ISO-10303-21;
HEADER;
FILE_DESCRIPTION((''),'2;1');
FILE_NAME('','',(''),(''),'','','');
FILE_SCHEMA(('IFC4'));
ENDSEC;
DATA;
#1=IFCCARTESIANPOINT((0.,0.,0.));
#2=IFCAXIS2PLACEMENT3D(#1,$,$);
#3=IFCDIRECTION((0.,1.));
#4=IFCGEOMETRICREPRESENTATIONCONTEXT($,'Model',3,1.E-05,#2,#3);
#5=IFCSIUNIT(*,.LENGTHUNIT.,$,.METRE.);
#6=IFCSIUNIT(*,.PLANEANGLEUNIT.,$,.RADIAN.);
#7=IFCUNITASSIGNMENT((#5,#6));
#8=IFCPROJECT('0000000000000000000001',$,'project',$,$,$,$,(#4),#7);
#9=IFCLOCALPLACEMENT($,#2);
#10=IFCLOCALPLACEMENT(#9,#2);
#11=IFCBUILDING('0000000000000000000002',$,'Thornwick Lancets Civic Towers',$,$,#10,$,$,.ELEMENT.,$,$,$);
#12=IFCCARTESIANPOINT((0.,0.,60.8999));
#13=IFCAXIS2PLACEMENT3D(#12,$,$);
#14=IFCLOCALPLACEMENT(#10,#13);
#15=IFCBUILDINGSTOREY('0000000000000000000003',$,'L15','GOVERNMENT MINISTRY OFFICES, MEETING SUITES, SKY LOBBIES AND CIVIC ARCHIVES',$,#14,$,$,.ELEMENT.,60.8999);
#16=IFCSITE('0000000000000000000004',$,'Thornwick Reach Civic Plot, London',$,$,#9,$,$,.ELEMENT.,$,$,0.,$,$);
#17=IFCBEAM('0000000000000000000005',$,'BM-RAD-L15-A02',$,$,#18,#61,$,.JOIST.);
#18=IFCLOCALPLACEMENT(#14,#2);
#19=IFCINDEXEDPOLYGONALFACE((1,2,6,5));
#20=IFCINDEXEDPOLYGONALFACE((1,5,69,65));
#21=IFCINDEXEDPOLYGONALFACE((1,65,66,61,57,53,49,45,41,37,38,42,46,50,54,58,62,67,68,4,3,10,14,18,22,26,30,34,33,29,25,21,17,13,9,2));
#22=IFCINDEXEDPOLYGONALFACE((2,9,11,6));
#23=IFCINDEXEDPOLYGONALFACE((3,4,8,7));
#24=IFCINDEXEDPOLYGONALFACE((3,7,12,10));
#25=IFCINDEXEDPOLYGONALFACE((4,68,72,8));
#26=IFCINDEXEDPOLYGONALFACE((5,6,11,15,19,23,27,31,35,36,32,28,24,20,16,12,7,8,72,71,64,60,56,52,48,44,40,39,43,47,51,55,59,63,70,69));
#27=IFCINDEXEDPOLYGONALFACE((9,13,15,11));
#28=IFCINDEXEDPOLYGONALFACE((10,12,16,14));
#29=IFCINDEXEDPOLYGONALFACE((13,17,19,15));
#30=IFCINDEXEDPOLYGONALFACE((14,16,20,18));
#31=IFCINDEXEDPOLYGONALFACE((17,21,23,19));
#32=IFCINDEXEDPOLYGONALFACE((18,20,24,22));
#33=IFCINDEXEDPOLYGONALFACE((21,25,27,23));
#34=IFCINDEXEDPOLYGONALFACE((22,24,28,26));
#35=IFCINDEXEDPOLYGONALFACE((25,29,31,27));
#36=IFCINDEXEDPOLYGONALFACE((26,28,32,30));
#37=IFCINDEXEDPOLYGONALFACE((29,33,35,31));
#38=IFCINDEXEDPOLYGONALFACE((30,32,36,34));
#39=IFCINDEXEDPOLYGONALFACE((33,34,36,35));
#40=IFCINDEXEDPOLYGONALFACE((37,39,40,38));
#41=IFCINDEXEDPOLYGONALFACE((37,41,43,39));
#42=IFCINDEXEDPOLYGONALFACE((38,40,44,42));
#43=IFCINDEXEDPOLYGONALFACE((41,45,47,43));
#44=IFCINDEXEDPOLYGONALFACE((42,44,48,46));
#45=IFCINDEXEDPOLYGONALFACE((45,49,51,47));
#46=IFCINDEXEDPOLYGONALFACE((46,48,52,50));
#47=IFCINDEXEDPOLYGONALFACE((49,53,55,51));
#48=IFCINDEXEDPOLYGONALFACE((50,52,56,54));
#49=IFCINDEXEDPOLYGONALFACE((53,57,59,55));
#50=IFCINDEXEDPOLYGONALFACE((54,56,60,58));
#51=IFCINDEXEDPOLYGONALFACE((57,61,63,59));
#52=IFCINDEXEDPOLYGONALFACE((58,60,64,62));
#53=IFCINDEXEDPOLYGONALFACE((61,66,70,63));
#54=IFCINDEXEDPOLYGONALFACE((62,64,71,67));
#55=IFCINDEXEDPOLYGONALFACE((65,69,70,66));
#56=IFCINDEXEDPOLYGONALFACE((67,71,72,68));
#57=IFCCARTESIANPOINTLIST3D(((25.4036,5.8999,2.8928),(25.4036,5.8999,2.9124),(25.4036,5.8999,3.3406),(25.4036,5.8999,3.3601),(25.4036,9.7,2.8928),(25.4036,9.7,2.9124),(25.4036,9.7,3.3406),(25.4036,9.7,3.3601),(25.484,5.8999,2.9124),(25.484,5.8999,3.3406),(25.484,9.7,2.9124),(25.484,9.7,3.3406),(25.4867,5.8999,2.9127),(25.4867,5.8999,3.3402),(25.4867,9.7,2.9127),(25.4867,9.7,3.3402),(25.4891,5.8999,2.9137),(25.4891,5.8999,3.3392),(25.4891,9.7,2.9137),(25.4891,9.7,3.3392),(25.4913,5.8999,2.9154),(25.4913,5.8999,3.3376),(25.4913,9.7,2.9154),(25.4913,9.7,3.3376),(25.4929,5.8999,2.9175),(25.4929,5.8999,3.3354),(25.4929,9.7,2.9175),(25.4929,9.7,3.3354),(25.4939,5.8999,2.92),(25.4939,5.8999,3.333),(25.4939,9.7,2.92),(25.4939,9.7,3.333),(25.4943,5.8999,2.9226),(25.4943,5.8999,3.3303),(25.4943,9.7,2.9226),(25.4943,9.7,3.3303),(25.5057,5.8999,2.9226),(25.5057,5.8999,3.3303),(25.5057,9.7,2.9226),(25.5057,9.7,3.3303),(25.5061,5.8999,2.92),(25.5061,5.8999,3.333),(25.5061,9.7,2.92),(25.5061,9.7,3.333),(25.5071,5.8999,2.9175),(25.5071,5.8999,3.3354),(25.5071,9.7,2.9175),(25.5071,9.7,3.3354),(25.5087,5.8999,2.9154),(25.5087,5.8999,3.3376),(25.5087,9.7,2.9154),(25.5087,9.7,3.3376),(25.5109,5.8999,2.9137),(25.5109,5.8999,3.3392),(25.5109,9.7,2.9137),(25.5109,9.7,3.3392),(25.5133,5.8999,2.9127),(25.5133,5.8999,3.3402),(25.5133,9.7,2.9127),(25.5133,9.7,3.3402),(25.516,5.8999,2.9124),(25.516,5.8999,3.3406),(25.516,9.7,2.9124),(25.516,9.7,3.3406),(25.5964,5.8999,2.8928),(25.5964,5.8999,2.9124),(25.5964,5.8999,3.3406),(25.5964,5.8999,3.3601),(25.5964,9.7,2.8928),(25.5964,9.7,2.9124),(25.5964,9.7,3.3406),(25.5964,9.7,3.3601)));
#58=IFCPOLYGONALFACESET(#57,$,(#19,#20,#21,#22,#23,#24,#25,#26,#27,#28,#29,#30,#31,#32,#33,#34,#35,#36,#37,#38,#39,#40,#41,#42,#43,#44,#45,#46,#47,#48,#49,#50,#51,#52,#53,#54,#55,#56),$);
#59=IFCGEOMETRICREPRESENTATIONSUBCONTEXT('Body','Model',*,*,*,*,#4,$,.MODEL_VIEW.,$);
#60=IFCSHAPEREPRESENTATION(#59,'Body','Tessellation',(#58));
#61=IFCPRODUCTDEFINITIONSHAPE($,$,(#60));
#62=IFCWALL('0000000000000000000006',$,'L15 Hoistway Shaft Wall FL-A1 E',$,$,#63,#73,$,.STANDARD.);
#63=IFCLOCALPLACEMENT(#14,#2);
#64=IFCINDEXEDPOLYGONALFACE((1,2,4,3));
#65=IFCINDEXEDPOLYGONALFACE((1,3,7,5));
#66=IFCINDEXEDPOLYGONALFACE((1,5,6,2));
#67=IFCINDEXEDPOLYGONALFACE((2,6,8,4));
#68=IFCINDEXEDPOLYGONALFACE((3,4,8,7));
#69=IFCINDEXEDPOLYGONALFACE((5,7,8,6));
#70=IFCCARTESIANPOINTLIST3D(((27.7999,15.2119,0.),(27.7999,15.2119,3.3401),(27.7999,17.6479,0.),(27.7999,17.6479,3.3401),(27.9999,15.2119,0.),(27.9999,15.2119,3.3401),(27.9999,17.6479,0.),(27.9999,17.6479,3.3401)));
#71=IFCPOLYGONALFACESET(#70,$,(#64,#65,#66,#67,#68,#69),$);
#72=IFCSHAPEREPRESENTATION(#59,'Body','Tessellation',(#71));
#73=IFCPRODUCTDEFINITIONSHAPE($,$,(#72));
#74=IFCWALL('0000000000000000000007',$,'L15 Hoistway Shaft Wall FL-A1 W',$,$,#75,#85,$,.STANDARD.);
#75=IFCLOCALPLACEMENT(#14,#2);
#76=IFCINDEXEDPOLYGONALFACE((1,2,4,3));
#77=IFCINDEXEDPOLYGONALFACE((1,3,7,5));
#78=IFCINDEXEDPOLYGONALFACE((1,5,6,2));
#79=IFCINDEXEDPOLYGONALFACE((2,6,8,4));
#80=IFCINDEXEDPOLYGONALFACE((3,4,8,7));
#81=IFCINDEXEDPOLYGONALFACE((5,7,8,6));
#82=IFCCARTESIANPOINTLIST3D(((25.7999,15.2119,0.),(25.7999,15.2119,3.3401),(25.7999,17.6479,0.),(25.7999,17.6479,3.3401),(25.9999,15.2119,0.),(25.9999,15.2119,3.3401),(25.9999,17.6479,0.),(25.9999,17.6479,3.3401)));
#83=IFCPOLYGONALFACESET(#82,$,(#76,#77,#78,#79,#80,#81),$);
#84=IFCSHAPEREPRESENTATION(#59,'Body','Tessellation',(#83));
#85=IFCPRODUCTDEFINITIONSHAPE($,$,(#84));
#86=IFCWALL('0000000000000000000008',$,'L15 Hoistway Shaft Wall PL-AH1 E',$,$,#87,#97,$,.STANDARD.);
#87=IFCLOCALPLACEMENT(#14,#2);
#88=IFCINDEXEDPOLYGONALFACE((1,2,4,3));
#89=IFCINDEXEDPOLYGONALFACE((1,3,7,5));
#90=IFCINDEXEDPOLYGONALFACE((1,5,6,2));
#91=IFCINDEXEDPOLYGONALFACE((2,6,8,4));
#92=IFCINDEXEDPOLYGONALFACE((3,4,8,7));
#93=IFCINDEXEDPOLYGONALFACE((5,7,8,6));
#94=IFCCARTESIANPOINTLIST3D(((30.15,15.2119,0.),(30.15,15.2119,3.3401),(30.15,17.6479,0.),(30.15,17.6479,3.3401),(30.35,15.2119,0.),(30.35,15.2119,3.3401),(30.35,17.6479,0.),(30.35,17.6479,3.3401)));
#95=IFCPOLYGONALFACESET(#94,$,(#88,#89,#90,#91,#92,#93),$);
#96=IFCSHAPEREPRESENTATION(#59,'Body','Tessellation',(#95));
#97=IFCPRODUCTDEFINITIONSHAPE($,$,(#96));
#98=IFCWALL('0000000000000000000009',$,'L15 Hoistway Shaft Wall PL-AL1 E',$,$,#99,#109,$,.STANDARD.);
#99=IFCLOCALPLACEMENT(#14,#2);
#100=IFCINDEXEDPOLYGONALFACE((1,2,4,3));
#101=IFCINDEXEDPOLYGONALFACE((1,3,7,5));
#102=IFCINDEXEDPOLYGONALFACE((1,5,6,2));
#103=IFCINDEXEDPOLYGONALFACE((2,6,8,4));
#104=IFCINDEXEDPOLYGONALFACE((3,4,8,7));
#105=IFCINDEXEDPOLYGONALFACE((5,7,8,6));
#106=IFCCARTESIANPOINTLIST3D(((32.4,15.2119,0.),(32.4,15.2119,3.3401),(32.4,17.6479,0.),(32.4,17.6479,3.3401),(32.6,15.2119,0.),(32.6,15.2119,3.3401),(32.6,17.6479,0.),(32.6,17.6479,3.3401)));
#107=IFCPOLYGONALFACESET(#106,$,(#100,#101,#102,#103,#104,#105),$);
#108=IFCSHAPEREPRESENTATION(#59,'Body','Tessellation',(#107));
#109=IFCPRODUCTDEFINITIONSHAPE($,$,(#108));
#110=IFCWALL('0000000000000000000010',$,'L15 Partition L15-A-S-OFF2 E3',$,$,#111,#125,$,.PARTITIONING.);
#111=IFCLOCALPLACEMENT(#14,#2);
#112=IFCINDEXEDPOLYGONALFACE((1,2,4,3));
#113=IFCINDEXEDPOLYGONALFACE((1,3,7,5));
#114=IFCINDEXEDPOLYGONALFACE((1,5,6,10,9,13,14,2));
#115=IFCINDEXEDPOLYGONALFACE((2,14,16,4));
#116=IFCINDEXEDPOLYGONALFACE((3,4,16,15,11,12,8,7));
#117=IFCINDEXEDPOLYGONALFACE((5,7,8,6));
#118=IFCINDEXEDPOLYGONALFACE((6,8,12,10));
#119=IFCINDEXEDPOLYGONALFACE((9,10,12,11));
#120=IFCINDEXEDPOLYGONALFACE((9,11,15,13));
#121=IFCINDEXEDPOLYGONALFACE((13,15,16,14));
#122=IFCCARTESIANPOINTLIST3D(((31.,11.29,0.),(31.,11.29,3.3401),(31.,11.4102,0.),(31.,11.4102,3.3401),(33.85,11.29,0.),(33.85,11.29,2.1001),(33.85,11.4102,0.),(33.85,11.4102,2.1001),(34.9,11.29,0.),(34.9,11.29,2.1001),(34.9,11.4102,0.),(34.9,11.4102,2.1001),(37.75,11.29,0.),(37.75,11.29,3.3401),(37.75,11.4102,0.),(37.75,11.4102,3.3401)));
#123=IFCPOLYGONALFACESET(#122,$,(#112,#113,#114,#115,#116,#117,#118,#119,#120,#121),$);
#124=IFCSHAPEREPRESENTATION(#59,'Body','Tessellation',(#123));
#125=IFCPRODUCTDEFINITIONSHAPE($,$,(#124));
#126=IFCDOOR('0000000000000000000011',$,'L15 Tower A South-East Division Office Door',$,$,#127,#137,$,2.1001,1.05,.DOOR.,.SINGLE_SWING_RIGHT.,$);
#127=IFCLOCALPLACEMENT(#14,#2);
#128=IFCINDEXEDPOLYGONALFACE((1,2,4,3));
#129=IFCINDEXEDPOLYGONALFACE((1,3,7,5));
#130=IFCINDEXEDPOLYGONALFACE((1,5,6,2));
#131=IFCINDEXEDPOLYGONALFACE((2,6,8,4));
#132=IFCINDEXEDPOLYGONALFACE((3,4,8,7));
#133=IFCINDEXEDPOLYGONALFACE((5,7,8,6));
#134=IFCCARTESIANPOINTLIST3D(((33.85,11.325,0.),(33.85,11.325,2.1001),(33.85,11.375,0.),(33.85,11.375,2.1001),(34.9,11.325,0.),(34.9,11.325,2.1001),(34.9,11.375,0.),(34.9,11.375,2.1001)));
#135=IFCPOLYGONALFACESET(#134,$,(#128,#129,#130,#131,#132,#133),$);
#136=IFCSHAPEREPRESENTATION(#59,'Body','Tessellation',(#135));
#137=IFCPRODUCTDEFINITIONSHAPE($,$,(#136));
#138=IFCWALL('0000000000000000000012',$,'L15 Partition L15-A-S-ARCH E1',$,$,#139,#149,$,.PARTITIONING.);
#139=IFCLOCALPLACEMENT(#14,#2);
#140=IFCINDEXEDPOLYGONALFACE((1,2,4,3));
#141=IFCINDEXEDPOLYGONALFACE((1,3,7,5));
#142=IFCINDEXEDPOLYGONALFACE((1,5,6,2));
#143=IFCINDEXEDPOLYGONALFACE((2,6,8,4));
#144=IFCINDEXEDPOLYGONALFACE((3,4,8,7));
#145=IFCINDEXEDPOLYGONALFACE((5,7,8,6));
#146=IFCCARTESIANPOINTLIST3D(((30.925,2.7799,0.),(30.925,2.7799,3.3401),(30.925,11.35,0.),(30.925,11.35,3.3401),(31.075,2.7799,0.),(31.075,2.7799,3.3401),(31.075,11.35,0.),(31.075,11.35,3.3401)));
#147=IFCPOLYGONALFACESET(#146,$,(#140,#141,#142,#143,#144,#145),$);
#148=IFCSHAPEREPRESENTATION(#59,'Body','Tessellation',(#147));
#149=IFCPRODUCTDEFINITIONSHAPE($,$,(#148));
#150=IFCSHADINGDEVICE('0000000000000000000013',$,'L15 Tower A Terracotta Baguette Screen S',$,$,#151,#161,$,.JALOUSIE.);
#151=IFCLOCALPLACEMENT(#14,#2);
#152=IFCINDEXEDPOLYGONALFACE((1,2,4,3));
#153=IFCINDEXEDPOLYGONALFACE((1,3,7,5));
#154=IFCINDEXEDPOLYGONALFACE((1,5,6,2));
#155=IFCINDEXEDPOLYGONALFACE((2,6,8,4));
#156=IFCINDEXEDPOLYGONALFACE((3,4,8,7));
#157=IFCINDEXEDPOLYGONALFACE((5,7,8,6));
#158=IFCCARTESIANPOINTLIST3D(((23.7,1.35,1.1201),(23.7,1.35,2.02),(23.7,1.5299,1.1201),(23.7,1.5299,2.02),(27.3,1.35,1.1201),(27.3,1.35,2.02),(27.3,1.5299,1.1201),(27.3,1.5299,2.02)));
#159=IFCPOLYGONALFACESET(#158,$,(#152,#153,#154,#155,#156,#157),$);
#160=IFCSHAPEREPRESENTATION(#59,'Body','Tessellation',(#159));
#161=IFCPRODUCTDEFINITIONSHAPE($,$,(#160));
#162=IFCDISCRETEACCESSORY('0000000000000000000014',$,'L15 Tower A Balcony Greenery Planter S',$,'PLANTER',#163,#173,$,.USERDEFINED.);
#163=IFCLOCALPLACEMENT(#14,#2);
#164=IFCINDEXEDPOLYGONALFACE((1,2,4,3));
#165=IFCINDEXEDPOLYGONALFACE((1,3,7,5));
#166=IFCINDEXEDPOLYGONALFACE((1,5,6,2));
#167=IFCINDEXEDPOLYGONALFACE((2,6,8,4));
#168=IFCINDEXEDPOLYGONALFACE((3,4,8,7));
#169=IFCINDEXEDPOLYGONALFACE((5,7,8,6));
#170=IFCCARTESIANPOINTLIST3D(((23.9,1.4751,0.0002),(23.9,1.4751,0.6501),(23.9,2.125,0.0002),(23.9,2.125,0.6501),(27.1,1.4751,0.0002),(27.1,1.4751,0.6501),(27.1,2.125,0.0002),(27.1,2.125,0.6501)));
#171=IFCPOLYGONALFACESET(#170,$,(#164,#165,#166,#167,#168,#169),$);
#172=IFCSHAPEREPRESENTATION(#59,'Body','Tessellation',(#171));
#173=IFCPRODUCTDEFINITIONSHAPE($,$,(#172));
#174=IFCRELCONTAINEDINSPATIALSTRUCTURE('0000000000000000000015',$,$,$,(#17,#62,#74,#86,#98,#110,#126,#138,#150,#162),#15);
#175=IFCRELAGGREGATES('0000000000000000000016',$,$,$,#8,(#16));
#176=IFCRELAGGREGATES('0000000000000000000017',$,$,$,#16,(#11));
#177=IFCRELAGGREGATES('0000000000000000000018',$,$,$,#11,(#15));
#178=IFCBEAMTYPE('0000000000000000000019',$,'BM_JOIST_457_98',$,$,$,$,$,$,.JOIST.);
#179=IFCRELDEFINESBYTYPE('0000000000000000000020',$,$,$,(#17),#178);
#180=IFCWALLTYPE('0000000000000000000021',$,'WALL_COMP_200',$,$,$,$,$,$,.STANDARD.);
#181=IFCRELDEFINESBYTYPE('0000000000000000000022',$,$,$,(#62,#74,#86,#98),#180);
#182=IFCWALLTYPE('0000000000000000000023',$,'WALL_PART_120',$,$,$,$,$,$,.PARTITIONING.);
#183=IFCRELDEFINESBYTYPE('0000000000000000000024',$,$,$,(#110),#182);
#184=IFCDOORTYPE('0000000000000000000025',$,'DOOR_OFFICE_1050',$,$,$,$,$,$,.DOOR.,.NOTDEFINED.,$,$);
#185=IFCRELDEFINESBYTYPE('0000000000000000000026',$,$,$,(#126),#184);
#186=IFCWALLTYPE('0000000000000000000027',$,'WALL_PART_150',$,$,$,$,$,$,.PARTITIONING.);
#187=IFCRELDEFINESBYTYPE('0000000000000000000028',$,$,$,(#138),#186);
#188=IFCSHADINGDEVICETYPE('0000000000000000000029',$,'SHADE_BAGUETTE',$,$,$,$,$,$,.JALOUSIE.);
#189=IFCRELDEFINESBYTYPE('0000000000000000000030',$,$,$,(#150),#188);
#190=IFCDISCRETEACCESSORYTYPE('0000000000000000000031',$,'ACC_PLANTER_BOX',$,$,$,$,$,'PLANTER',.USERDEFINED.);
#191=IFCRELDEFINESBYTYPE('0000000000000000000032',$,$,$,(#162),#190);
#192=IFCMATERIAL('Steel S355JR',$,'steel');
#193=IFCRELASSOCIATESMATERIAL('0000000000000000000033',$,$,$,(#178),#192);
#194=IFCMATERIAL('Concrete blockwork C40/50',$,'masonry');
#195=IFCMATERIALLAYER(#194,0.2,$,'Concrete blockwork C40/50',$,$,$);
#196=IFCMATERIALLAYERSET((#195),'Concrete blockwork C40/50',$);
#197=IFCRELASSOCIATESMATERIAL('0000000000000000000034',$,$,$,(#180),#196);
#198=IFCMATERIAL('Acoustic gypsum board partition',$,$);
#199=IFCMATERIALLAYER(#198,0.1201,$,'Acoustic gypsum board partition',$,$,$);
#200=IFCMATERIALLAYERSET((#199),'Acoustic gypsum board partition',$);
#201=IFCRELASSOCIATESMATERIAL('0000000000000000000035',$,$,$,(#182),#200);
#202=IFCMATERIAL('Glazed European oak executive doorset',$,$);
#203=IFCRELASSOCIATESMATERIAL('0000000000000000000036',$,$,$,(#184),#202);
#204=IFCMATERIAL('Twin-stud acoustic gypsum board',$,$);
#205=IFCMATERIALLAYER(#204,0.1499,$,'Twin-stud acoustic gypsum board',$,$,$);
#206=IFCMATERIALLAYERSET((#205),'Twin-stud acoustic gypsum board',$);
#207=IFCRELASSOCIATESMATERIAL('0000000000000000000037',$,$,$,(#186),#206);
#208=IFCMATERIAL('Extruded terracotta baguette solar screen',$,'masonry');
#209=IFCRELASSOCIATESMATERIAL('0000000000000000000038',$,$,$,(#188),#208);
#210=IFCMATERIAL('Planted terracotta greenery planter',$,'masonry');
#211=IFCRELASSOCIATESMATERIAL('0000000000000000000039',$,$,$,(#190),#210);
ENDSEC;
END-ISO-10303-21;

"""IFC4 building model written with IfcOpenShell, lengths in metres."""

from ifc_helpers import new_model, si_unit, direction, frame, frame_2d, origin, origin_2d, place, context, subcontext, project, spatial, rectangle, i_section, extrude, material, layer, layer_set, material_profile, profile_set, type_object, element, fill, save


model = new_model("IFC4")

# Units and contexts
model_context = context("Model", 3, precision=1e-05, world=origin(), true_north=direction((0.0, 1.0)))
body_context = subcontext(model_context, "Body", "Model", "MODEL_VIEW")
ifc_project = project(units=[si_unit("LENGTHUNIT", "METRE"), si_unit("PLANEANGLEUNIT", "RADIAN")], contexts=[model_context])

# Site, building, storey
site_placement = place(None, origin())
site = spatial("IfcSite", under=ifc_project, at=site_placement, Name="Thornwick Reach Civic Plot, London", CompositionType="ELEMENT", RefElevation=0.0)
building_placement = place(site_placement, origin())
building = spatial("IfcBuilding", under=site, at=building_placement, Name="Thornwick Lancets Civic Towers", CompositionType="ELEMENT")
storey_placement = place(building_placement, frame((0.0, 0.0, 60.8999)))
storey = spatial("IfcBuildingStorey", under=building, at=storey_placement, Name="L15", Description="GOVERNMENT MINISTRY OFFICES, MEETING SUITES, SKY LOBBIES AND CIVIC ARCHIVES", CompositionType="ELEMENT", Elevation=60.8999)

# Beam
ifc_material_1 = material(Name="Steel S355JR", Category="steel")
ifc_material_profile_1 = material_profile(ifc_material_1, i_section(OverallWidth=0.1929, OverallDepth=0.4673, WebThickness=0.0115, FlangeThickness=0.0195, FilletRadius=0.0103, at=origin_2d()), Name="UKB 457x191x98")
ifc_profile_set_1 = profile_set([ifc_material_profile_1], Name="Steel S355JR")
beam_type_1 = type_object("IfcBeamType", Name="BM_JOIST_457_98", PredefinedType="JOIST", material=ifc_profile_set_1)
beam_1_placement = place(storey_placement, frame((25.5, 9.7, 3.1265), z_axis=(0.0, -1.0, 0.0), x_axis=(1.0, 0.0, 0.0)))
element("IfcBeam", 1, at=beam_1_placement, inside=storey, type_object=beam_type_1, Name="BM-RAD-L15-A02", PredefinedType="JOIST", context=body_context, shape_type="SweptSolid", body=[
    extrude(i_section(OverallWidth=0.1929, OverallDepth=0.4673, WebThickness=0.0115, FlangeThickness=0.0195, FilletRadius=0.0103, at=origin_2d()), origin(), (0.0, 0.0, 1.0), 3.8),
])

# Walls
ifc_material_2 = material(Name="Concrete blockwork C40/50", Category="masonry")
ifc_layer_1 = layer(ifc_material_2, 0.2, Name="Concrete blockwork C40/50")
ifc_layer_set_1 = layer_set([ifc_layer_1], Name="Concrete blockwork C40/50")
wall_type_1 = type_object("IfcWallType", Name="WALL_COMP_200", PredefinedType="STANDARD", material=ifc_layer_set_1)
for number, where, z_axis, x_axis, name in (
    (2, (27.8999, 15.2119, 0.0), (0.0, 0.0, 1.0), (0.0, 1.0, 0.0), "L15 Hoistway Shaft Wall FL-A1 E"),
    (3, (25.8999, 15.2119, 0.0), (0.0, 0.0, 1.0), (0.0, 1.0, 0.0), "L15 Hoistway Shaft Wall FL-A1 W"),
    (4, (30.25, 15.2119, 0.0), (0.0, 0.0, 1.0), (0.0, 1.0, 0.0), "L15 Hoistway Shaft Wall PL-AH1 E"),
    (5, (32.5, 15.2119, 0.0), (0.0, 0.0, 1.0), (0.0, 1.0, 0.0), "L15 Hoistway Shaft Wall PL-AL1 E"),
):
    element("IfcWall", number, at=place(storey_placement, frame(where, z_axis=z_axis, x_axis=x_axis)), inside=storey, type_object=wall_type_1, Name=name, PredefinedType="STANDARD", context=body_context, shape_type="SweptSolid", body=[
        extrude(rectangle(XDim=2.436, YDim=0.2, at=frame_2d((1.218, 0.0))), origin(), (0.0, 0.0, 1.0), 3.3401),
    ])

# Wall, opening, door
ifc_material_3 = material(Name="Acoustic gypsum board partition")
ifc_layer_2 = layer(ifc_material_3, 0.1201, Name="Acoustic gypsum board partition")
ifc_layer_set_2 = layer_set([ifc_layer_2], Name="Acoustic gypsum board partition")
wall_type_2 = type_object("IfcWallType", Name="WALL_PART_120", PredefinedType="PARTITIONING", material=ifc_layer_set_2)
wall_1_placement = place(storey_placement, frame((31.0, 11.3501, 0.0), z_axis=(0.0, 0.0, 1.0), x_axis=(1.0, 0.0, 0.0)))
wall_1 = element("IfcWall", 6, at=wall_1_placement, inside=storey, type_object=wall_type_2, Name="L15 Partition L15-A-S-OFF2 E3", PredefinedType="PARTITIONING", context=body_context, shape_type="SweptSolid", body=[
    extrude(rectangle(XDim=6.75, YDim=0.1201, at=frame_2d((3.375, 0.0))), origin(), (0.0, 0.0, 1.0), 3.3401),
])
opening_placement = place(wall_1_placement, frame((2.8501, 0.0, 0.0)))
opening = element("IfcOpeningElement", 7, at=opening_placement, cuts=wall_1, PredefinedType="OPENING", context=body_context, shape_type="SweptSolid", body=[
    extrude(rectangle(XDim=1.05, YDim=2.1001, at=frame_2d((0.5249, 1.05))), frame((0.0, 0.0701, 0.0), z_axis=(0.0, -1.0, 0.0), x_axis=(1.0, 0.0, 0.0)), (0.0, 0.0, 1.0), 0.1401),
])
ifc_material_4 = material(Name="Glazed European oak executive doorset")
door_type = type_object("IfcDoorType", Name="DOOR_OFFICE_1050", OperationType="NOTDEFINED", PredefinedType="DOOR", material=ifc_material_4)
door_placement = place(opening_placement, origin())
door = element("IfcDoor", 8, at=door_placement, inside=storey, type_object=door_type, Name="L15 Tower A South-East Division Office Door", OperationType="SINGLE_SWING_RIGHT", OverallHeight=2.1001, OverallWidth=1.05, PredefinedType="DOOR", context=body_context, shape_type="SweptSolid", body=[
    extrude(rectangle(XDim=1.05, YDim=2.1001, at=frame_2d((0.5249, 1.05))), frame((0.0, 0.0249, 0.0), z_axis=(0.0, -1.0, 0.0), x_axis=(1.0, 0.0, 0.0)), (0.0, 0.0, 1.0), 0.05),
])
fill(opening, door)

# Wall
ifc_material_5 = material(Name="Twin-stud acoustic gypsum board")
ifc_layer_3 = layer(ifc_material_5, 0.1499, Name="Twin-stud acoustic gypsum board")
ifc_layer_set_3 = layer_set([ifc_layer_3], Name="Twin-stud acoustic gypsum board")
wall_type_3 = type_object("IfcWallType", Name="WALL_PART_150", PredefinedType="PARTITIONING", material=ifc_layer_set_3)
wall_2_placement = place(storey_placement, frame((31.0, 11.3501, 0.0), z_axis=(0.0, 0.0, 1.0), x_axis=(0.0, -1.0, 0.0)))
element("IfcWall", 9, at=wall_2_placement, inside=storey, type_object=wall_type_3, Name="L15 Partition L15-A-S-ARCH E1", PredefinedType="PARTITIONING", context=body_context, shape_type="SweptSolid", body=[
    extrude(rectangle(XDim=8.5701, YDim=0.1499, at=frame_2d((4.2852, 0.0))), origin(), (0.0, 0.0, 1.0), 3.3401),
])

# Shading device
ifc_material_6 = material(Name="Extruded terracotta baguette solar screen", Category="masonry")
shading_device_type = type_object("IfcShadingDeviceType", Name="SHADE_BAGUETTE", PredefinedType="JALOUSIE", material=ifc_material_6)
shading_device_placement = place(storey_placement, frame((25.5, 1.4399, 1.1201), z_axis=(0.0, 0.0, 1.0), x_axis=(1.0, 0.0, 0.0)))
element("IfcShadingDevice", 10, at=shading_device_placement, inside=storey, type_object=shading_device_type, Name="L15 Tower A Terracotta Baguette Screen S", PredefinedType="JALOUSIE", context=body_context, shape_type="SweptSolid", body=[
    extrude(rectangle(XDim=3.6001, YDim=0.1799, at=origin_2d()), origin(), (0.0, 0.0, 1.0), 0.8999),
])

# Discrete accessory
ifc_material_7 = material(Name="Planted terracotta greenery planter", Category="masonry")
discrete_accessory_type = type_object("IfcDiscreteAccessoryType", Name="ACC_PLANTER_BOX", ElementType="PLANTER", PredefinedType="USERDEFINED", material=ifc_material_7)
discrete_accessory_placement = place(storey_placement, frame((25.5, 1.8, 0.0002), z_axis=(0.0, 0.0, 1.0), x_axis=(1.0, 0.0, 0.0)))
element("IfcDiscreteAccessory", 11, at=discrete_accessory_placement, inside=storey, type_object=discrete_accessory_type, Name="L15 Tower A Balcony Greenery Planter S", ObjectType="PLANTER", PredefinedType="USERDEFINED", context=body_context, shape_type="SweptSolid", body=[
    extrude(rectangle(XDim=3.2, YDim=0.6499, at=origin_2d()), origin(), (0.0, 0.0, 1.0), 0.6499),
])

save(model, "model.ifc")
